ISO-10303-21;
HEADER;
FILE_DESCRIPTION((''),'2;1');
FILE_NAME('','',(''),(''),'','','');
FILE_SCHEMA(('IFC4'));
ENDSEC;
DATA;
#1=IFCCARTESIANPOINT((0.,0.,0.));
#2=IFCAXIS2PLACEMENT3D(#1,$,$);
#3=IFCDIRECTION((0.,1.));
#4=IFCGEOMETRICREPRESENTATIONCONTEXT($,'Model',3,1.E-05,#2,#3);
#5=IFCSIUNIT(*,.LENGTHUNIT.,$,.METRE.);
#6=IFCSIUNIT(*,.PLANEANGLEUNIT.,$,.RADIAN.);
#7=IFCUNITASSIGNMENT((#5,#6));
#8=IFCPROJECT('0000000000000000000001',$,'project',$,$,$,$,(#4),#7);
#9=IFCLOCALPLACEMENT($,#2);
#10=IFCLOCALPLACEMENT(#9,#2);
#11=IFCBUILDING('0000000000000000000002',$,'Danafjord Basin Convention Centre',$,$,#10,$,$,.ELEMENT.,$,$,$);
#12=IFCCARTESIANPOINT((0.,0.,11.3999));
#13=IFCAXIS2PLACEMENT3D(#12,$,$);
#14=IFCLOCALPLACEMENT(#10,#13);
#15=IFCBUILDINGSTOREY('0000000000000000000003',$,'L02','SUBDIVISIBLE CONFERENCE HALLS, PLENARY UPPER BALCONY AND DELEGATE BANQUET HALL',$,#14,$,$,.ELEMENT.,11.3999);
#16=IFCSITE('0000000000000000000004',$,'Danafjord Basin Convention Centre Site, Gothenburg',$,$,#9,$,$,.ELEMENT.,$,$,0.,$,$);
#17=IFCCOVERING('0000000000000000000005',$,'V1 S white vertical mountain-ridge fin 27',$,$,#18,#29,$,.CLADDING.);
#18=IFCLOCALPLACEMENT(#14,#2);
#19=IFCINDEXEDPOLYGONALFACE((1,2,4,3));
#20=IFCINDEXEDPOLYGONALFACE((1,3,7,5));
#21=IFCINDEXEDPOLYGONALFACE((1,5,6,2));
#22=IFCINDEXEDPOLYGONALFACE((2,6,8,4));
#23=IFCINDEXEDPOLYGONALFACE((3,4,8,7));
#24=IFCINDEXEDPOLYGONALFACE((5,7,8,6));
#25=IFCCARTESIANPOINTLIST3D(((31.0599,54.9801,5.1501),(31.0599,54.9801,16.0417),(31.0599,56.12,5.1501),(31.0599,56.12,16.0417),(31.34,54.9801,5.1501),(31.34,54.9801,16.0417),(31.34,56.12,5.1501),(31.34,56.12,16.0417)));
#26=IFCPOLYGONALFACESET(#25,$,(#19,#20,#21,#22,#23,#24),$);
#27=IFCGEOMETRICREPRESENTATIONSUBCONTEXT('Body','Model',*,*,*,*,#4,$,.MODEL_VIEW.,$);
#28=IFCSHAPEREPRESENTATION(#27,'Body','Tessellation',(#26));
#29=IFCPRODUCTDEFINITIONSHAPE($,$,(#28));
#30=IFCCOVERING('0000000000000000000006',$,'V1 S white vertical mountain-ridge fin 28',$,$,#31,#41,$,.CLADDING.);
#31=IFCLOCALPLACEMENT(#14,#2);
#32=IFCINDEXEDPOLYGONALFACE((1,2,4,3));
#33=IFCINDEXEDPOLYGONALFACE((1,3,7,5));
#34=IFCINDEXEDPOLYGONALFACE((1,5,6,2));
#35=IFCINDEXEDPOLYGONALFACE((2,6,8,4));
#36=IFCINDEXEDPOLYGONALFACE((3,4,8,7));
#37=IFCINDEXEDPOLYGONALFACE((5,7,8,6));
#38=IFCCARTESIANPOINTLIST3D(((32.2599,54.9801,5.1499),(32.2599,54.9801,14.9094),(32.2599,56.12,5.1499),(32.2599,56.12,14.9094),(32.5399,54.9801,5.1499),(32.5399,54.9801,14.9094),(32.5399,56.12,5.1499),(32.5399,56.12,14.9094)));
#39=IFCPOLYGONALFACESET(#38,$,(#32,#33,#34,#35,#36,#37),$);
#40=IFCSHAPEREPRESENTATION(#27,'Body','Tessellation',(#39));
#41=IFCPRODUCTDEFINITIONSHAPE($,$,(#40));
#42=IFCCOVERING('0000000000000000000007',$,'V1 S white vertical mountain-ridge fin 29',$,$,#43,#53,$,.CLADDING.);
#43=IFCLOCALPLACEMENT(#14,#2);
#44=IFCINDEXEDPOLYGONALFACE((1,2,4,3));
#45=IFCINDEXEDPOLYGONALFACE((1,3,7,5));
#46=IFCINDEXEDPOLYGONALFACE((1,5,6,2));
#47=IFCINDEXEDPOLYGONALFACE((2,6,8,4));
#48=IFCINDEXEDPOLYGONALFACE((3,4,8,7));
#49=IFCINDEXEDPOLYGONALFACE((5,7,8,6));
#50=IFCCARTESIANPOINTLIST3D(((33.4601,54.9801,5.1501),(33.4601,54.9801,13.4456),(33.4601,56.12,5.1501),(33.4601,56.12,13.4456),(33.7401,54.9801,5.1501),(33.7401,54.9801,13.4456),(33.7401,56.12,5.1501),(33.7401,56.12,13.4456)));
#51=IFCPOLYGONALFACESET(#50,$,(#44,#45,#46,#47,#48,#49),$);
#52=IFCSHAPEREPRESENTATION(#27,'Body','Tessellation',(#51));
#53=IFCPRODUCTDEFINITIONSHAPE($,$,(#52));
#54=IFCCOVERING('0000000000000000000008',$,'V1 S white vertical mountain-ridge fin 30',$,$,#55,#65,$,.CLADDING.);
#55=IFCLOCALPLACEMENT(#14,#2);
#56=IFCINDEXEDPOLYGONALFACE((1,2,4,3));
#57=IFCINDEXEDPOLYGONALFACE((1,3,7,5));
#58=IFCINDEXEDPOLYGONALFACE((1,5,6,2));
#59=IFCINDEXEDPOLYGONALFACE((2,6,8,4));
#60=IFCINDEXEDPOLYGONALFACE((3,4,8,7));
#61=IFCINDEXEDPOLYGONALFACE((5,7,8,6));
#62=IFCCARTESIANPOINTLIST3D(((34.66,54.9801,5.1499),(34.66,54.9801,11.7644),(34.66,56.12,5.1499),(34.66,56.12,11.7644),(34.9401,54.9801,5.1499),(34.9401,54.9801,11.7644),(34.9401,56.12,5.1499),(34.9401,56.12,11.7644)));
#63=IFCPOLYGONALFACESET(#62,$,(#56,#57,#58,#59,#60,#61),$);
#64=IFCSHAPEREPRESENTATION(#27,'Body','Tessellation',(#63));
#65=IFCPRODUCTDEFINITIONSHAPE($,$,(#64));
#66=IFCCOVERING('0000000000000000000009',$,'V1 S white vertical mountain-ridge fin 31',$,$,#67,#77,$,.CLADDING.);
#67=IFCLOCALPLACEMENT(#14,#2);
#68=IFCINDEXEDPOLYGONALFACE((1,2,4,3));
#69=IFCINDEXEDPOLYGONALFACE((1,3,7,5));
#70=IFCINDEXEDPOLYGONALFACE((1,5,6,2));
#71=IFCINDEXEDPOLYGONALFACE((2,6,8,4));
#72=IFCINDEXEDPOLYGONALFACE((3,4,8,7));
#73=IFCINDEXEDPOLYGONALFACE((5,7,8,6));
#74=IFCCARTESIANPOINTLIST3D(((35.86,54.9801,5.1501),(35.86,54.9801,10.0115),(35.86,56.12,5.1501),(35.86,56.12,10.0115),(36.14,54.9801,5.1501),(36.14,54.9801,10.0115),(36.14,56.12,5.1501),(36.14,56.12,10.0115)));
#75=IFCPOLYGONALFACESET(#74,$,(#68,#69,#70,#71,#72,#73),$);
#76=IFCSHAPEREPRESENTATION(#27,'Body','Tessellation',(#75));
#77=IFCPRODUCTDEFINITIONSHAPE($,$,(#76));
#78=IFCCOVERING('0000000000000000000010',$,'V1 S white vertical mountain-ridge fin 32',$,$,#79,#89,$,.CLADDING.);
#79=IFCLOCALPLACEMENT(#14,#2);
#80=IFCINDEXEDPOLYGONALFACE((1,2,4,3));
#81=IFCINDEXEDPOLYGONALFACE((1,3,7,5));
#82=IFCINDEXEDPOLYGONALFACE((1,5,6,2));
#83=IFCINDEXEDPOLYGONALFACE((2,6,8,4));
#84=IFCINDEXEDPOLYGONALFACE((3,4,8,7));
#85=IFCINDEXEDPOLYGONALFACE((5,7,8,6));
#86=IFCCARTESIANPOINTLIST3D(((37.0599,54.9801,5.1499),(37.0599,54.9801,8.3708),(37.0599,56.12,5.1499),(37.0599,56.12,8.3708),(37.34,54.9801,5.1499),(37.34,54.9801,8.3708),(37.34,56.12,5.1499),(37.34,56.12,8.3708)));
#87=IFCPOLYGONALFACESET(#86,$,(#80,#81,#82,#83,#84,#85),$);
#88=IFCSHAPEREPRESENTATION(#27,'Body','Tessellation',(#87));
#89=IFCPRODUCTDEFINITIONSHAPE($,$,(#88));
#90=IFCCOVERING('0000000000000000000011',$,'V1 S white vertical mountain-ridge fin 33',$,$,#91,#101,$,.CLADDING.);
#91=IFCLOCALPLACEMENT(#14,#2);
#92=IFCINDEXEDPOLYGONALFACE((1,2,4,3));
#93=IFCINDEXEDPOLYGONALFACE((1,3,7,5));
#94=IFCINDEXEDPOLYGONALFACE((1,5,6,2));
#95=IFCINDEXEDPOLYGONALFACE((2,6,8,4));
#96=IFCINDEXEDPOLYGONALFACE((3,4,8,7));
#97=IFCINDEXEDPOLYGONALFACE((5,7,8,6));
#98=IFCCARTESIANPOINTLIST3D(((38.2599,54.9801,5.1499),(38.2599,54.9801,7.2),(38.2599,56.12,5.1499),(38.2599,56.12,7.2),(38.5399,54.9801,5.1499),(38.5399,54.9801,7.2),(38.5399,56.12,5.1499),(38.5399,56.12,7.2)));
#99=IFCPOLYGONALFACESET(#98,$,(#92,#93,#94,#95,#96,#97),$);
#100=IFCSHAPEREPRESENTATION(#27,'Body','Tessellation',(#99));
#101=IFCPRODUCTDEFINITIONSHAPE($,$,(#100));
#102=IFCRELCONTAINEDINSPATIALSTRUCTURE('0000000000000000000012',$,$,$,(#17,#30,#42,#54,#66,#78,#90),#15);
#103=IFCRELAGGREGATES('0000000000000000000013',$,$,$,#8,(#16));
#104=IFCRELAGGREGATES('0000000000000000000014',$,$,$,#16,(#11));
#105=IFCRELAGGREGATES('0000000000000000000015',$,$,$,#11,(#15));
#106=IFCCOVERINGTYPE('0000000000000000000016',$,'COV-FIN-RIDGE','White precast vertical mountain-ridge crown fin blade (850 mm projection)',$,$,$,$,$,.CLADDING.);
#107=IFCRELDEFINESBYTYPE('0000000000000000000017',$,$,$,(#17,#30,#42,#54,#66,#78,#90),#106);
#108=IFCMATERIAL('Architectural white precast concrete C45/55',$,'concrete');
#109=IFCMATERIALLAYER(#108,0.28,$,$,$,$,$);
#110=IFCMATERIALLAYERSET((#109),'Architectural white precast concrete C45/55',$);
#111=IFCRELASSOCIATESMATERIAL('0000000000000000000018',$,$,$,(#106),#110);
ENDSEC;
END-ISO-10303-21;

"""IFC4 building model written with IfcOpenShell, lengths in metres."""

from ifc_helpers import new_model, si_unit, direction, frame, origin, origin_2d, place, context, subcontext, project, spatial, rectangle, extrude, material, layer, layer_set, type_object, element, save


model = new_model("IFC4")

# Units and contexts
model_context = context("Model", 3, precision=1e-05, world=origin(), true_north=direction((0.0, 1.0)))
body_context = subcontext(model_context, "Body", "Model", "MODEL_VIEW")
ifc_project = project(units=[si_unit("LENGTHUNIT", "METRE"), si_unit("PLANEANGLEUNIT", "RADIAN")], contexts=[model_context])

# Site, building, storey
site_placement = place(None, origin())
site = spatial("IfcSite", under=ifc_project, at=site_placement, Name="Danafjord Basin Convention Centre Site, Gothenburg", CompositionType="ELEMENT", RefElevation=0.0)
building_placement = place(site_placement, origin())
building = spatial("IfcBuilding", under=site, at=building_placement, Name="Danafjord Basin Convention Centre", CompositionType="ELEMENT")
storey_placement = place(building_placement, frame((0.0, 0.0, 11.3999)))
storey = spatial("IfcBuildingStorey", under=building, at=storey_placement, Name="L02", Description="SUBDIVISIBLE CONFERENCE HALLS, PLENARY UPPER BALCONY AND DELEGATE BANQUET HALL", CompositionType="ELEMENT", Elevation=11.3999)

# Coverings
ifc_material_1 = material(Name="Architectural white precast concrete C45/55", Category="concrete")
ifc_layer_1 = layer(ifc_material_1, 0.28)
ifc_layer_set_1 = layer_set([ifc_layer_1], Name="Architectural white precast concrete C45/55")
covering_type = type_object("IfcCoveringType", Name="COV-FIN-RIDGE", Description="White precast vertical mountain-ridge crown fin blade (850 mm projection)", PredefinedType="CLADDING", material=ifc_layer_set_1)
covering_1_placement = place(storey_placement, frame((31.2, 55.55, 5.1501), z_axis=(0.0, 0.0, 1.0), x_axis=(0.0, 1.0, 0.0)))
element("IfcCovering", 1, at=covering_1_placement, inside=storey, type_object=covering_type, Name="V1 S white vertical mountain-ridge fin 27", PredefinedType="CLADDING", context=body_context, shape_type="SweptSolid", body=[
    extrude(rectangle(XDim=1.1399, YDim=0.28, at=origin_2d()), origin(), (0.0, 0.0, 1.0), 10.8916),
])
covering_2_placement = place(storey_placement, frame((32.3999, 55.55, 5.1499), z_axis=(0.0, 0.0, 1.0), x_axis=(0.0, 1.0, 0.0)))
element("IfcCovering", 2, at=covering_2_placement, inside=storey, type_object=covering_type, Name="V1 S white vertical mountain-ridge fin 28", PredefinedType="CLADDING", context=body_context, shape_type="SweptSolid", body=[
    extrude(rectangle(XDim=1.1399, YDim=0.28, at=origin_2d()), origin(), (0.0, 0.0, 1.0), 9.7595),
])
covering_3_placement = place(storey_placement, frame((33.6001, 55.55, 5.1501), z_axis=(0.0, 0.0, 1.0), x_axis=(0.0, 1.0, 0.0)))
element("IfcCovering", 3, at=covering_3_placement, inside=storey, type_object=covering_type, Name="V1 S white vertical mountain-ridge fin 29", PredefinedType="CLADDING", context=body_context, shape_type="SweptSolid", body=[
    extrude(rectangle(XDim=1.1399, YDim=0.28, at=origin_2d()), origin(), (0.0, 0.0, 1.0), 8.2954),
])
covering_4_placement = place(storey_placement, frame((34.8, 55.55, 5.1499), z_axis=(0.0, 0.0, 1.0), x_axis=(0.0, 1.0, 0.0)))
element("IfcCovering", 4, at=covering_4_placement, inside=storey, type_object=covering_type, Name="V1 S white vertical mountain-ridge fin 30", PredefinedType="CLADDING", context=body_context, shape_type="SweptSolid", body=[
    extrude(rectangle(XDim=1.1399, YDim=0.28, at=origin_2d()), origin(), (0.0, 0.0, 1.0), 6.6145),
])
covering_5_placement = place(storey_placement, frame((36.0, 55.55, 5.1501), z_axis=(0.0, 0.0, 1.0), x_axis=(0.0, 1.0, 0.0)))
element("IfcCovering", 5, at=covering_5_placement, inside=storey, type_object=covering_type, Name="V1 S white vertical mountain-ridge fin 31", PredefinedType="CLADDING", context=body_context, shape_type="SweptSolid", body=[
    extrude(rectangle(XDim=1.1399, YDim=0.28, at=origin_2d()), origin(), (0.0, 0.0, 1.0), 4.8613),
])
covering_6_placement = place(storey_placement, frame((37.2, 55.55, 5.1499), z_axis=(0.0, 0.0, 1.0), x_axis=(0.0, 1.0, 0.0)))
element("IfcCovering", 6, at=covering_6_placement, inside=storey, type_object=covering_type, Name="V1 S white vertical mountain-ridge fin 32", PredefinedType="CLADDING", context=body_context, shape_type="SweptSolid", body=[
    extrude(rectangle(XDim=1.1399, YDim=0.28, at=origin_2d()), origin(), (0.0, 0.0, 1.0), 3.2209),
])
covering_7_placement = place(storey_placement, frame((38.3999, 55.55, 5.1499), z_axis=(0.0, 0.0, 1.0), x_axis=(0.0, 1.0, 0.0)))
element("IfcCovering", 7, at=covering_7_placement, inside=storey, type_object=covering_type, Name="V1 S white vertical mountain-ridge fin 33", PredefinedType="CLADDING", context=body_context, shape_type="SweptSolid", body=[
    extrude(rectangle(XDim=1.1399, YDim=0.28, at=origin_2d()), origin(), (0.0, 0.0, 1.0), 2.05),
])

save(model, "model.ifc")
